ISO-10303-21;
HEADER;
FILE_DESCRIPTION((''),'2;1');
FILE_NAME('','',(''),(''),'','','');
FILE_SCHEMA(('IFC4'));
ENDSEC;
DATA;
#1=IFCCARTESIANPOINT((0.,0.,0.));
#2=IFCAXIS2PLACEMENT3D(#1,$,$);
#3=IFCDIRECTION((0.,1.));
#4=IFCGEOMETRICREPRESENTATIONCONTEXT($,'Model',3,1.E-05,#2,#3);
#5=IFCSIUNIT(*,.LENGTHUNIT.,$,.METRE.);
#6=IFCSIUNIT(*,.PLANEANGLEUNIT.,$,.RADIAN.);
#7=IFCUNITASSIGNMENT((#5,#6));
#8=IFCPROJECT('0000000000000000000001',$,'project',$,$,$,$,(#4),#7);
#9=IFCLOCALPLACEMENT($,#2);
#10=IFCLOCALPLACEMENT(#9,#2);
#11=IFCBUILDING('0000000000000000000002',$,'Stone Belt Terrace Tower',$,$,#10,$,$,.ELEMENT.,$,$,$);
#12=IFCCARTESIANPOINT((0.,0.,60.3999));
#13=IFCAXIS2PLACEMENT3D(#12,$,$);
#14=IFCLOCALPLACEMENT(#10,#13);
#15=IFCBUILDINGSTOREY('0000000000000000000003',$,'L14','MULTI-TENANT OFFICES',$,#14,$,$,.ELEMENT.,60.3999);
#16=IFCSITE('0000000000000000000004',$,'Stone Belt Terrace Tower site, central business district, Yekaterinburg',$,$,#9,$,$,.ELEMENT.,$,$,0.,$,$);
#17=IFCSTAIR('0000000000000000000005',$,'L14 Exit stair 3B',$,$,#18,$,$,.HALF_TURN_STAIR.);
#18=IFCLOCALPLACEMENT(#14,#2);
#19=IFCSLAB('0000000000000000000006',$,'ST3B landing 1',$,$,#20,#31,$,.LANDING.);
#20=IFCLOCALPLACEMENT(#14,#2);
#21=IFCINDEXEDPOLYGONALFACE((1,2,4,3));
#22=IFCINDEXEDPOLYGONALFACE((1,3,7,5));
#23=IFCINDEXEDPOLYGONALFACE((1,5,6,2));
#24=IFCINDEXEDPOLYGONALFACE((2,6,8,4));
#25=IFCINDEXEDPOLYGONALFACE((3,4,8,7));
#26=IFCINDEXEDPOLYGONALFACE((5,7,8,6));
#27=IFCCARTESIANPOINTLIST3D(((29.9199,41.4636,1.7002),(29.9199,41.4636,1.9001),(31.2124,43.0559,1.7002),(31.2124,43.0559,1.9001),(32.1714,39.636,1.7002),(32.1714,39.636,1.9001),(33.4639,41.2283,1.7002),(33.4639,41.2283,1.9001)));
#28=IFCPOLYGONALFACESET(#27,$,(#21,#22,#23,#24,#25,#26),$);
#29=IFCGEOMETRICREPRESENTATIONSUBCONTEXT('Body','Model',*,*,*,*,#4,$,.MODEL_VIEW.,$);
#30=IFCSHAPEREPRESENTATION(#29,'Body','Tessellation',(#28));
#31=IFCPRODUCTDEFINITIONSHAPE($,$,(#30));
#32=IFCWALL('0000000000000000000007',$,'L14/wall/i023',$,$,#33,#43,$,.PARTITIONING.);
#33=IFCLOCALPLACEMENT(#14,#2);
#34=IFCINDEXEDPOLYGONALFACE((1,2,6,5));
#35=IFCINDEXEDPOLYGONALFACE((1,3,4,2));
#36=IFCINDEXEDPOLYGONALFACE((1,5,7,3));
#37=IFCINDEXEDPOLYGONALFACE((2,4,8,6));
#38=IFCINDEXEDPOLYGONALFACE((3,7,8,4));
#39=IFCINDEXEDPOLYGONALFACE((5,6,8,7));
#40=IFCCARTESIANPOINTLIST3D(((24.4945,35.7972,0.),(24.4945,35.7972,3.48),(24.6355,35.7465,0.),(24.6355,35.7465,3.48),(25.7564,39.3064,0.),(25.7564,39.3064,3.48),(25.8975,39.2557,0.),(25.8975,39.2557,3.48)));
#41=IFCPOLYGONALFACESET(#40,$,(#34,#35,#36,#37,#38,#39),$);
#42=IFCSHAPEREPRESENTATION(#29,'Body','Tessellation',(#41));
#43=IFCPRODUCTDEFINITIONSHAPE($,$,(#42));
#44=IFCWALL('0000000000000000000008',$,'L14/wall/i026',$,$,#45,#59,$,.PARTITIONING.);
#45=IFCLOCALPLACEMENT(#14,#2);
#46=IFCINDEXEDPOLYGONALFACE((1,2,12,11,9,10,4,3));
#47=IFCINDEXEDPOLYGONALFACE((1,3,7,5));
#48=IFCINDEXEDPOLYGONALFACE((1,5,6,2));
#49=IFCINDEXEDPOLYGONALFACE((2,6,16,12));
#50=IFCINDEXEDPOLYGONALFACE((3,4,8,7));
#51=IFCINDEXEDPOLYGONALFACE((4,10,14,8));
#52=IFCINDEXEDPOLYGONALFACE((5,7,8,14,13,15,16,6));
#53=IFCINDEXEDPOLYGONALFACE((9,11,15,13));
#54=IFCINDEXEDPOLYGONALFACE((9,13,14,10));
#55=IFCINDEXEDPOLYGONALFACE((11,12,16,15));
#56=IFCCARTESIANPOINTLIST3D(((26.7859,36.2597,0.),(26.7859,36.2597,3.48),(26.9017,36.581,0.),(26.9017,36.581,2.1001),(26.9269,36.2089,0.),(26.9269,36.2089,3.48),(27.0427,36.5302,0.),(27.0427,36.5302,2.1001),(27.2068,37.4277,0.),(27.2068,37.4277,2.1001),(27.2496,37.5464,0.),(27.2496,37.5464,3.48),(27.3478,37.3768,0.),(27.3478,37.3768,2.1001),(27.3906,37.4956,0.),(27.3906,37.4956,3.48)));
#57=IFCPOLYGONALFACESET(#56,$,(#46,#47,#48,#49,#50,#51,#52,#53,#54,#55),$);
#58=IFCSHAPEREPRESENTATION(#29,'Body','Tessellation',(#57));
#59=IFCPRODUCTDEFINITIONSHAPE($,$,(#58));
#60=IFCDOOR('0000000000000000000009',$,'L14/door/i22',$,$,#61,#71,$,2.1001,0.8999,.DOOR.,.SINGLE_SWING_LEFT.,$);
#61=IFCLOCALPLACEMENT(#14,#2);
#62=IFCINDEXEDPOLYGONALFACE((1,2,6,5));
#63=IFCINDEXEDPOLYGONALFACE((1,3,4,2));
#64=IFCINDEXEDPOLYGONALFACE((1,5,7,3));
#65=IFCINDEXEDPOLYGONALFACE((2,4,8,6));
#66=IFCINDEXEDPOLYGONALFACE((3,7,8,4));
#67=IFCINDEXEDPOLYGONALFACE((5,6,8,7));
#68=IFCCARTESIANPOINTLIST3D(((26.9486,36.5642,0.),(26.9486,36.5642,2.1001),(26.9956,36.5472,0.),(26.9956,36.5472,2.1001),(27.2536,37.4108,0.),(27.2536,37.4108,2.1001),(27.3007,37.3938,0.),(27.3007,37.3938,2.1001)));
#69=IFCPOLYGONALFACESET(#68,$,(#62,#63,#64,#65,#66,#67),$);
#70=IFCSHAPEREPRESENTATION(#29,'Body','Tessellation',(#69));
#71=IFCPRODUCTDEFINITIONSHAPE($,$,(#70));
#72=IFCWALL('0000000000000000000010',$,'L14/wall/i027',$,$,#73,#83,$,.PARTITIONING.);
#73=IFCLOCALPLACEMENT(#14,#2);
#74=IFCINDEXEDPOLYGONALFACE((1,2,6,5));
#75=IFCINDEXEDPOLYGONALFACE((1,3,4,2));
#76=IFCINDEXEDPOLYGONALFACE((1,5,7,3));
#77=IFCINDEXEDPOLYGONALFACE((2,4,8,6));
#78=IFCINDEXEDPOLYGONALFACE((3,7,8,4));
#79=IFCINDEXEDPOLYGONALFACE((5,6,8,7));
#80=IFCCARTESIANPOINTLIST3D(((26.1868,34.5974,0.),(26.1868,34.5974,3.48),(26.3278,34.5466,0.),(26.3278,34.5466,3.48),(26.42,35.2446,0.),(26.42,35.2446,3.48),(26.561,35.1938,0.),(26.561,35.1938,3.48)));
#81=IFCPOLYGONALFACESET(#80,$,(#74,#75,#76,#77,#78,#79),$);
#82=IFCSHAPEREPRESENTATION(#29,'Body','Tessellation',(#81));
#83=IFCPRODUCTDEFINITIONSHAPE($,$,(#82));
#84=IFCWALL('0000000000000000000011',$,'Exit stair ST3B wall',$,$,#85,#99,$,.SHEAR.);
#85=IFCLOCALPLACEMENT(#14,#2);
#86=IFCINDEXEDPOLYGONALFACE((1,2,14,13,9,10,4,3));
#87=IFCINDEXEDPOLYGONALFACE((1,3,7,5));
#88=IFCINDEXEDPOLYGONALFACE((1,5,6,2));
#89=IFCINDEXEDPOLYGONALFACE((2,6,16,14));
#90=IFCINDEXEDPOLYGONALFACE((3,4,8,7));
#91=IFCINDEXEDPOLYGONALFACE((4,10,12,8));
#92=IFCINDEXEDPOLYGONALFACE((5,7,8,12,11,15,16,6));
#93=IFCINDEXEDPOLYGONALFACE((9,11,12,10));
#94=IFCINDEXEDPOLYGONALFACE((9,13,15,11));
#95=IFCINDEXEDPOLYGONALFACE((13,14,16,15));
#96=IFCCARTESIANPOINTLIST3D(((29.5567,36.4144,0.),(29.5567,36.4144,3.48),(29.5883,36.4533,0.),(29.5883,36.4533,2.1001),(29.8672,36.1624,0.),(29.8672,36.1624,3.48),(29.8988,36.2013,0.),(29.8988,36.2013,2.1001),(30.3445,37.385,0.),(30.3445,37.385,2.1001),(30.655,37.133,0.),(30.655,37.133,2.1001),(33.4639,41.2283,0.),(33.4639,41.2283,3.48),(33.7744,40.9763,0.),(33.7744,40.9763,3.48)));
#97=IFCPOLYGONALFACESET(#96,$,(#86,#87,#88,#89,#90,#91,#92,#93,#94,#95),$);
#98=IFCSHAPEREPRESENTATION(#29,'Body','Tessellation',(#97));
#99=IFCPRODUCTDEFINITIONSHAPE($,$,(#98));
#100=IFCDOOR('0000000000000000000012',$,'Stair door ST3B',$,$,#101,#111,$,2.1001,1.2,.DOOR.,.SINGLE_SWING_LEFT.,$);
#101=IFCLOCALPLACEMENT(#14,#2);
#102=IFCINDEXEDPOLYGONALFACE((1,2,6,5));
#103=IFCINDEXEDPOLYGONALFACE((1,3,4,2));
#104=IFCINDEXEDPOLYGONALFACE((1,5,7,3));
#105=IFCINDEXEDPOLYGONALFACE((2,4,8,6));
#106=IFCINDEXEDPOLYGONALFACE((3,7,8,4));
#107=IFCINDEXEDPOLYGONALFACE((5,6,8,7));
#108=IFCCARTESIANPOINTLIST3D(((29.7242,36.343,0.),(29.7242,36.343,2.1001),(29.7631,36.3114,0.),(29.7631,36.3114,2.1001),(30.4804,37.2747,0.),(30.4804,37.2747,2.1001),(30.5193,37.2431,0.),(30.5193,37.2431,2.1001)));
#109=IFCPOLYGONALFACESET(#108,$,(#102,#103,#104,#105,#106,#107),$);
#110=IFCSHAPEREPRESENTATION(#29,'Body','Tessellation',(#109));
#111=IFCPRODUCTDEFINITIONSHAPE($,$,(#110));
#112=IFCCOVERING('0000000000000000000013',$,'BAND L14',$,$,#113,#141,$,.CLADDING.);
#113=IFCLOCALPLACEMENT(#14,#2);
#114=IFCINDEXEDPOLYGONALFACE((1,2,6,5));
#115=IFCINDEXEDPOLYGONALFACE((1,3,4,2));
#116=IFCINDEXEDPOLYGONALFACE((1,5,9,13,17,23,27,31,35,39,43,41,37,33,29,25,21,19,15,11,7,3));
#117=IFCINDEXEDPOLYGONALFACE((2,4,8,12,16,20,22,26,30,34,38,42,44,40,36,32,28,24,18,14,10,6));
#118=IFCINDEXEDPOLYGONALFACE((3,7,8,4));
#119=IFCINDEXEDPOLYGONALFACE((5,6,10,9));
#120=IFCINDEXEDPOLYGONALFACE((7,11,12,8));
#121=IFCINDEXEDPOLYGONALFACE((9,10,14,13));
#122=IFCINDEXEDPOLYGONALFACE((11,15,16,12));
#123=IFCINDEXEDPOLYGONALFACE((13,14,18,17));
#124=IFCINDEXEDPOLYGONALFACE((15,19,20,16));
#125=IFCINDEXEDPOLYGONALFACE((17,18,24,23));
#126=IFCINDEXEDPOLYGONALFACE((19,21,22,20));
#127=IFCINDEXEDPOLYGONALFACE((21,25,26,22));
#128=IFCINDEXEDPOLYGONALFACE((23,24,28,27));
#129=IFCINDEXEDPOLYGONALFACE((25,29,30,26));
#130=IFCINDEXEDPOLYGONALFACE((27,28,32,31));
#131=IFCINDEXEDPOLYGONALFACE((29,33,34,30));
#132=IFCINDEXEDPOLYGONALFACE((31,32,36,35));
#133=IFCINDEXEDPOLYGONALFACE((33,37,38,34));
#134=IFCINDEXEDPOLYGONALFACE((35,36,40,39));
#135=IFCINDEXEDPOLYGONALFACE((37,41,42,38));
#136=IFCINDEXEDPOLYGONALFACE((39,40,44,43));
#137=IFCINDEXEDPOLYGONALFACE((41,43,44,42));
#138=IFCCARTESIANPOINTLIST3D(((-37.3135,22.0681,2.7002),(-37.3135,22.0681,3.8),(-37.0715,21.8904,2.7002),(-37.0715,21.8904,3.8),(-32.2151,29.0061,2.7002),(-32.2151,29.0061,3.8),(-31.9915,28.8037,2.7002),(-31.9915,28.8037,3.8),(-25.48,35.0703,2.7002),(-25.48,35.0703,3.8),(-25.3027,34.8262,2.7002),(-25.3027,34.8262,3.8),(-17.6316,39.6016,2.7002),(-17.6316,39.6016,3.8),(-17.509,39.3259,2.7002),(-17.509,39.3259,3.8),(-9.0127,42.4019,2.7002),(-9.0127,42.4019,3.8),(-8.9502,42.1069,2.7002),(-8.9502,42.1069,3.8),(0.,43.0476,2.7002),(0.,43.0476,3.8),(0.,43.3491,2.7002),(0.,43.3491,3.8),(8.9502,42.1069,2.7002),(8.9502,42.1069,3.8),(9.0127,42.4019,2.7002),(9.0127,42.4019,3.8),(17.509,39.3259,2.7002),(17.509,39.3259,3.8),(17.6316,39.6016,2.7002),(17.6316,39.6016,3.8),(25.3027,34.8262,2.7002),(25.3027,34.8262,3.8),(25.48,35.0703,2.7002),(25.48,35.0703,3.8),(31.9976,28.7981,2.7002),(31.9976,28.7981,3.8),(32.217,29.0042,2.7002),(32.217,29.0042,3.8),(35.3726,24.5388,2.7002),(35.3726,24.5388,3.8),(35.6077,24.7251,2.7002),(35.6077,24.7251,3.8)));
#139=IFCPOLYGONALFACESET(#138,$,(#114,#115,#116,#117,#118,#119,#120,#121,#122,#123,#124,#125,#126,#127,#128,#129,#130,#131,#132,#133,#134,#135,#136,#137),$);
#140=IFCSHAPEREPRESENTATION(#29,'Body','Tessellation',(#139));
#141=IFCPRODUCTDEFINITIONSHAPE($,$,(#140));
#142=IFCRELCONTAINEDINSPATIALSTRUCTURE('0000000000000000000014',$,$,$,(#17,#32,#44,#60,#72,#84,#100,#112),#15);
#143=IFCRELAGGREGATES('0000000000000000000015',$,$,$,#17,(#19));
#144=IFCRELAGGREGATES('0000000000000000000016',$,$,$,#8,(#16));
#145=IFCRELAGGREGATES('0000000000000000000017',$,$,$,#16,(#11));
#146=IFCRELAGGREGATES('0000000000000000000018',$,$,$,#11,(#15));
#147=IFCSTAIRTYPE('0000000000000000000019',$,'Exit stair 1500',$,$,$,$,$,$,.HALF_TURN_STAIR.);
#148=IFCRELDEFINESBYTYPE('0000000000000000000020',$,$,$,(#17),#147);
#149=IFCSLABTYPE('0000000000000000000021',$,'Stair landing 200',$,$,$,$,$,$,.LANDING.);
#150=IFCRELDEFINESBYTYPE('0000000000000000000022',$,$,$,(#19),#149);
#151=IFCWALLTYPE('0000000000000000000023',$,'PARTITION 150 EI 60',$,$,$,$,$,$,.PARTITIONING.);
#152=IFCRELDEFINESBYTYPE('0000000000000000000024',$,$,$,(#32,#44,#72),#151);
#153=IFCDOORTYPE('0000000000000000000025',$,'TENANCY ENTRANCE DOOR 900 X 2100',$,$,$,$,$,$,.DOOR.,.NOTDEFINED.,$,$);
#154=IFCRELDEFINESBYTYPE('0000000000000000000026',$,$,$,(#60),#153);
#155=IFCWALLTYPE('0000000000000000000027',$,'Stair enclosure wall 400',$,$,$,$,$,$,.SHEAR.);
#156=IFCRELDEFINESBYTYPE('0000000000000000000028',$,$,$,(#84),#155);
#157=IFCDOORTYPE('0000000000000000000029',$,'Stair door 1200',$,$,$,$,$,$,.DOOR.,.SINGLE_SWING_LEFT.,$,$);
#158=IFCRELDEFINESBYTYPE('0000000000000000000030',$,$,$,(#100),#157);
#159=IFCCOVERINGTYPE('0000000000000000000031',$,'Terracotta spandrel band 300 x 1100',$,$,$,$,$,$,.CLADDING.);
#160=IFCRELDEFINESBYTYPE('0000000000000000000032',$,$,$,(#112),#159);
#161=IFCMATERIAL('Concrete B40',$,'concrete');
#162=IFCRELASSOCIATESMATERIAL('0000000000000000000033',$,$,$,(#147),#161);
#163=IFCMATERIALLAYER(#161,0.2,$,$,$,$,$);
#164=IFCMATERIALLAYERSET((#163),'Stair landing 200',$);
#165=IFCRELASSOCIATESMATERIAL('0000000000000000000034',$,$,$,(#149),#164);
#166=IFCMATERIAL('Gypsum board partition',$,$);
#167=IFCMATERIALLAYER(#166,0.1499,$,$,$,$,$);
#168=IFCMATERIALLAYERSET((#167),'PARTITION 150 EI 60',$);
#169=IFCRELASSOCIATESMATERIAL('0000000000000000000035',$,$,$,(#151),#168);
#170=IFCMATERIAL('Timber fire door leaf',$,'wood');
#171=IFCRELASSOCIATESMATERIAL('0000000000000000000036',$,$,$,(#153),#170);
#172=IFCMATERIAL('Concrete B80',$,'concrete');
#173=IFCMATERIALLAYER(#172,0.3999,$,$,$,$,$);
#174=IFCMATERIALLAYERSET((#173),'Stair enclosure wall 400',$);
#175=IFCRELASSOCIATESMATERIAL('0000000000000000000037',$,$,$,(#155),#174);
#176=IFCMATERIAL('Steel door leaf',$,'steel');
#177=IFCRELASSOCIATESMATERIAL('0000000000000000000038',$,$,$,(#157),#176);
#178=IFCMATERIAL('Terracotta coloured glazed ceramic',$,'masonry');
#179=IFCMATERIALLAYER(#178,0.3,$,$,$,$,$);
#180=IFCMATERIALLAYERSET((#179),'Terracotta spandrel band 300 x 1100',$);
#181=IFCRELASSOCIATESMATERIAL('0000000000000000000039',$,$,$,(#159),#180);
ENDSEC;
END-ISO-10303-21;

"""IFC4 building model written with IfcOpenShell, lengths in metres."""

from ifc_helpers import new_model, si_unit, direction, frame, frame_2d, origin, place, context, subcontext, project, spatial, polyline, rectangle, outline, extrude, material, layer, layer_set, type_object, element, fill, aggregate, save


model = new_model("IFC4")

# Units and contexts
model_context = context("Model", 3, precision=1e-05, world=origin(), true_north=direction((0.0, 1.0)))
body_context = subcontext(model_context, "Body", "Model", "MODEL_VIEW")
ifc_project = project(units=[si_unit("LENGTHUNIT", "METRE"), si_unit("PLANEANGLEUNIT", "RADIAN")], contexts=[model_context])

# Site, building, storey
site_placement = place(None, origin())
site = spatial("IfcSite", under=ifc_project, at=site_placement, Name="Stone Belt Terrace Tower site, central business district, Yekaterinburg", CompositionType="ELEMENT", RefElevation=0.0)
building_placement = place(site_placement, origin())
building = spatial("IfcBuilding", under=site, at=building_placement, Name="Stone Belt Terrace Tower", CompositionType="ELEMENT")
storey_placement = place(building_placement, frame((0.0, 0.0, 60.3999)))
storey = spatial("IfcBuildingStorey", under=building, at=storey_placement, Name="L14", Description="MULTI-TENANT OFFICES", CompositionType="ELEMENT", Elevation=60.3999)

# Shared definitions
ifc_material_1 = material(Name="Concrete B80", Category="concrete")

# Shared definitions
ifc_material_2 = material(Name="Concrete B40", Category="concrete")

# Stair, slab
stair_type = type_object("IfcStairType", Name="Exit stair 1500", PredefinedType="HALF_TURN_STAIR", material=ifc_material_2)
ifc_layer_1 = layer(ifc_material_2, 0.2)
ifc_layer_set_1 = layer_set([ifc_layer_1], Name="Stair landing 200")
slab_type_1 = type_object("IfcSlabType", Name="Stair landing 200", PredefinedType="LANDING", material=ifc_layer_set_1)
stair_1_placement = place(storey_placement, origin())
stair_1 = element("IfcStair", 1, at=stair_1_placement, inside=storey, type_object=stair_type, Name="L14 Exit stair 3B", PredefinedType="HALF_TURN_STAIR")
slab_1_placement = place(storey_placement, frame((0.0, 0.0, 1.7002)))
slab_1 = element("IfcSlab", 2, at=slab_1_placement, type_object=slab_type_1, Name="ST3B landing 1", PredefinedType="LANDING", context=body_context, shape_type="SweptSolid", body=[
    extrude(outline(polyline([(32.1714, 39.636), (33.4639, 41.2283), (31.2124, 43.0559), (29.9199, 41.4636), (32.1714, 39.636)])), origin(), (0.0, 0.0, 1.0), 0.2),
])
aggregate(stair_1, [slab_1])

# Wall
ifc_material_3 = material(Name="Gypsum board partition")
ifc_layer_2 = layer(ifc_material_3, 0.1499)
ifc_layer_set_2 = layer_set([ifc_layer_2], Name="PARTITION 150 EI 60")
wall_type_1 = type_object("IfcWallType", Name="PARTITION 150 EI 60", PredefinedType="PARTITIONING", material=ifc_layer_set_2)
wall_1_placement = place(storey_placement, frame((24.5649, 35.7717, 0.0), z_axis=(0.0, 0.0, 1.0), x_axis=(0.338393, 0.941005, 0.0)))
element("IfcWall", 3, at=wall_1_placement, inside=storey, type_object=wall_type_1, Name="L14/wall/i023", PredefinedType="PARTITIONING", context=body_context, shape_type="SweptSolid", body=[
    extrude(rectangle(XDim=3.7292, YDim=0.1499, at=frame_2d((1.8647, 0.0))), origin(), (0.0, 0.0, 1.0), 3.48),
])

# Wall, opening, door
wall_2_placement = place(storey_placement, frame((27.3201, 37.521, 0.0), z_axis=(0.0, 0.0, 1.0), x_axis=(-0.339004, -0.940785, 0.0)))
wall_2 = element("IfcWall", 4, at=wall_2_placement, inside=storey, type_object=wall_type_1, Name="L14/wall/i026", PredefinedType="PARTITIONING", context=body_context, shape_type="SweptSolid", body=[
    extrude(rectangle(XDim=1.3677, YDim=0.1499, at=frame_2d((0.6838, 0.0))), origin(), (0.0, 0.0, 1.0), 3.48),
])
opening_1_placement = place(wall_2_placement, frame((0.1262, 0.0, 0.0)))
opening_1 = element("IfcOpeningElement", 5, at=opening_1_placement, cuts=wall_2, PredefinedType="OPENING", context=body_context, shape_type="SweptSolid", body=[
    extrude(rectangle(XDim=0.8999, YDim=2.1001, at=frame_2d((0.45, 1.05))), frame((0.0, 0.085, 0.0), z_axis=(0.0, -1.0, 0.0), x_axis=(1.0, 0.0, 0.0)), (0.0, 0.0, 1.0), 0.1699),
])
ifc_material_4 = material(Name="Timber fire door leaf", Category="wood")
door_type_1 = type_object("IfcDoorType", Name="TENANCY ENTRANCE DOOR 900 X 2100", OperationType="NOTDEFINED", PredefinedType="DOOR", material=ifc_material_4)
door_1_placement = place(opening_1_placement, origin())
door_1 = element("IfcDoor", 6, at=door_1_placement, inside=storey, type_object=door_type_1, Name="L14/door/i22", OperationType="SINGLE_SWING_LEFT", OverallHeight=2.1001, OverallWidth=0.8999, PredefinedType="DOOR", context=body_context, shape_type="SweptSolid", body=[
    extrude(rectangle(XDim=0.8999, YDim=2.1001, at=frame_2d((0.45, 1.05))), frame((0.0, 0.0249, 0.0), z_axis=(0.0, -1.0, 0.0), x_axis=(1.0, 0.0, 0.0)), (0.0, 0.0, 1.0), 0.05),
])
fill(opening_1, door_1)

# Wall
wall_3_placement = place(storey_placement, frame((26.4905, 35.2192, 0.0), z_axis=(0.0, 0.0, 1.0), x_axis=(-0.338921, -0.940815, 0.0)))
element("IfcWall", 7, at=wall_3_placement, inside=storey, type_object=wall_type_1, Name="L14/wall/i027", PredefinedType="PARTITIONING", context=body_context, shape_type="SweptSolid", body=[
    extrude(rectangle(XDim=0.688, YDim=0.1499, at=frame_2d((0.344, 0.0))), origin(), (0.0, 0.0, 1.0), 3.48),
])

# Wall, opening, door
ifc_layer_3 = layer(ifc_material_1, 0.3999)
ifc_layer_set_3 = layer_set([ifc_layer_3], Name="Stair enclosure wall 400")
wall_type_2 = type_object("IfcWallType", Name="Stair enclosure wall 400", PredefinedType="SHEAR", material=ifc_layer_set_3)
wall_4_placement = place(storey_placement, frame((29.7119, 36.2883, 0.0), z_axis=(0.0, 0.0, 1.0), x_axis=(0.630192, 0.776439, 0.0)))
wall_4 = element("IfcWall", 8, at=wall_4_placement, inside=storey, type_object=wall_type_2, Name="Exit stair ST3B wall", PredefinedType="SHEAR", context=body_context, shape_type="SweptSolid", body=[
    extrude(rectangle(XDim=6.2, YDim=0.3999, at=frame_2d((3.1001, 0.0))), origin(), (0.0, 0.0, 1.0), 3.48),
])
opening_2_placement = place(wall_4_placement, frame((0.05, 0.0, 0.0)))
opening_2 = element("IfcOpeningElement", 9, at=opening_2_placement, cuts=wall_4, PredefinedType="OPENING", context=body_context, shape_type="SweptSolid", body=[
    extrude(rectangle(XDim=1.2, YDim=2.1001, at=frame_2d((0.6001, 1.05))), frame((0.0, 0.21, 0.0), z_axis=(0.0, -1.0, 0.0), x_axis=(1.0, 0.0, 0.0)), (0.0, 0.0, 1.0), 0.4199),
])
ifc_material_5 = material(Name="Steel door leaf", Category="steel")
door_type_2 = type_object("IfcDoorType", Name="Stair door 1200", OperationType="SINGLE_SWING_LEFT", PredefinedType="DOOR", material=ifc_material_5)
door_2_placement = place(opening_2_placement, origin())
door_2 = element("IfcDoor", 10, at=door_2_placement, inside=storey, type_object=door_type_2, Name="Stair door ST3B", OperationType="SINGLE_SWING_LEFT", OverallHeight=2.1001, OverallWidth=1.2, PredefinedType="DOOR", context=body_context, shape_type="SweptSolid", body=[
    extrude(rectangle(XDim=1.2, YDim=2.1001, at=frame_2d((0.6001, 1.05))), frame((0.0, 0.0249, 0.0), z_axis=(0.0, -1.0, 0.0), x_axis=(1.0, 0.0, 0.0)), (0.0, 0.0, 1.0), 0.05),
])
fill(opening_2, door_2)

# Covering
ifc_material_6 = material(Name="Terracotta coloured glazed ceramic", Category="masonry")
ifc_layer_4 = layer(ifc_material_6, 0.3)
ifc_layer_set_4 = layer_set([ifc_layer_4], Name="Terracotta spandrel band 300 x 1100")
covering_type = type_object("IfcCoveringType", Name="Terracotta spandrel band 300 x 1100", PredefinedType="CLADDING", material=ifc_layer_set_4)
covering_placement = place(storey_placement, frame((0.0, 0.0, 2.7002)))
element("IfcCovering", 11, at=covering_placement, inside=storey, type_object=covering_type, Name="BAND L14", PredefinedType="CLADDING", context=body_context, shape_type="SweptSolid", body=[
    extrude(outline(polyline([(-37.3135, 22.0681), (-32.2151, 29.0061), (-25.48, 35.0703), (-17.6316, 39.6016), (-9.0127, 42.4019), (0.0, 43.3491), (9.0127, 42.4019), (17.6316, 39.6016), (25.48, 35.0703), (32.217, 29.0042), (35.6077, 24.7251), (35.3726, 24.5388), (31.9976, 28.7981), (25.3027, 34.8262), (17.509, 39.3259), (8.9502, 42.1069), (0.0, 43.0476), (-8.9502, 42.1069), (-17.509, 39.3259), (-25.3027, 34.8262), (-31.9915, 28.8037), (-37.0715, 21.8904), (-37.3135, 22.0681)])), origin(), (0.0, 0.0, 1.0), 1.0999),
])

save(model, "model.ifc")
